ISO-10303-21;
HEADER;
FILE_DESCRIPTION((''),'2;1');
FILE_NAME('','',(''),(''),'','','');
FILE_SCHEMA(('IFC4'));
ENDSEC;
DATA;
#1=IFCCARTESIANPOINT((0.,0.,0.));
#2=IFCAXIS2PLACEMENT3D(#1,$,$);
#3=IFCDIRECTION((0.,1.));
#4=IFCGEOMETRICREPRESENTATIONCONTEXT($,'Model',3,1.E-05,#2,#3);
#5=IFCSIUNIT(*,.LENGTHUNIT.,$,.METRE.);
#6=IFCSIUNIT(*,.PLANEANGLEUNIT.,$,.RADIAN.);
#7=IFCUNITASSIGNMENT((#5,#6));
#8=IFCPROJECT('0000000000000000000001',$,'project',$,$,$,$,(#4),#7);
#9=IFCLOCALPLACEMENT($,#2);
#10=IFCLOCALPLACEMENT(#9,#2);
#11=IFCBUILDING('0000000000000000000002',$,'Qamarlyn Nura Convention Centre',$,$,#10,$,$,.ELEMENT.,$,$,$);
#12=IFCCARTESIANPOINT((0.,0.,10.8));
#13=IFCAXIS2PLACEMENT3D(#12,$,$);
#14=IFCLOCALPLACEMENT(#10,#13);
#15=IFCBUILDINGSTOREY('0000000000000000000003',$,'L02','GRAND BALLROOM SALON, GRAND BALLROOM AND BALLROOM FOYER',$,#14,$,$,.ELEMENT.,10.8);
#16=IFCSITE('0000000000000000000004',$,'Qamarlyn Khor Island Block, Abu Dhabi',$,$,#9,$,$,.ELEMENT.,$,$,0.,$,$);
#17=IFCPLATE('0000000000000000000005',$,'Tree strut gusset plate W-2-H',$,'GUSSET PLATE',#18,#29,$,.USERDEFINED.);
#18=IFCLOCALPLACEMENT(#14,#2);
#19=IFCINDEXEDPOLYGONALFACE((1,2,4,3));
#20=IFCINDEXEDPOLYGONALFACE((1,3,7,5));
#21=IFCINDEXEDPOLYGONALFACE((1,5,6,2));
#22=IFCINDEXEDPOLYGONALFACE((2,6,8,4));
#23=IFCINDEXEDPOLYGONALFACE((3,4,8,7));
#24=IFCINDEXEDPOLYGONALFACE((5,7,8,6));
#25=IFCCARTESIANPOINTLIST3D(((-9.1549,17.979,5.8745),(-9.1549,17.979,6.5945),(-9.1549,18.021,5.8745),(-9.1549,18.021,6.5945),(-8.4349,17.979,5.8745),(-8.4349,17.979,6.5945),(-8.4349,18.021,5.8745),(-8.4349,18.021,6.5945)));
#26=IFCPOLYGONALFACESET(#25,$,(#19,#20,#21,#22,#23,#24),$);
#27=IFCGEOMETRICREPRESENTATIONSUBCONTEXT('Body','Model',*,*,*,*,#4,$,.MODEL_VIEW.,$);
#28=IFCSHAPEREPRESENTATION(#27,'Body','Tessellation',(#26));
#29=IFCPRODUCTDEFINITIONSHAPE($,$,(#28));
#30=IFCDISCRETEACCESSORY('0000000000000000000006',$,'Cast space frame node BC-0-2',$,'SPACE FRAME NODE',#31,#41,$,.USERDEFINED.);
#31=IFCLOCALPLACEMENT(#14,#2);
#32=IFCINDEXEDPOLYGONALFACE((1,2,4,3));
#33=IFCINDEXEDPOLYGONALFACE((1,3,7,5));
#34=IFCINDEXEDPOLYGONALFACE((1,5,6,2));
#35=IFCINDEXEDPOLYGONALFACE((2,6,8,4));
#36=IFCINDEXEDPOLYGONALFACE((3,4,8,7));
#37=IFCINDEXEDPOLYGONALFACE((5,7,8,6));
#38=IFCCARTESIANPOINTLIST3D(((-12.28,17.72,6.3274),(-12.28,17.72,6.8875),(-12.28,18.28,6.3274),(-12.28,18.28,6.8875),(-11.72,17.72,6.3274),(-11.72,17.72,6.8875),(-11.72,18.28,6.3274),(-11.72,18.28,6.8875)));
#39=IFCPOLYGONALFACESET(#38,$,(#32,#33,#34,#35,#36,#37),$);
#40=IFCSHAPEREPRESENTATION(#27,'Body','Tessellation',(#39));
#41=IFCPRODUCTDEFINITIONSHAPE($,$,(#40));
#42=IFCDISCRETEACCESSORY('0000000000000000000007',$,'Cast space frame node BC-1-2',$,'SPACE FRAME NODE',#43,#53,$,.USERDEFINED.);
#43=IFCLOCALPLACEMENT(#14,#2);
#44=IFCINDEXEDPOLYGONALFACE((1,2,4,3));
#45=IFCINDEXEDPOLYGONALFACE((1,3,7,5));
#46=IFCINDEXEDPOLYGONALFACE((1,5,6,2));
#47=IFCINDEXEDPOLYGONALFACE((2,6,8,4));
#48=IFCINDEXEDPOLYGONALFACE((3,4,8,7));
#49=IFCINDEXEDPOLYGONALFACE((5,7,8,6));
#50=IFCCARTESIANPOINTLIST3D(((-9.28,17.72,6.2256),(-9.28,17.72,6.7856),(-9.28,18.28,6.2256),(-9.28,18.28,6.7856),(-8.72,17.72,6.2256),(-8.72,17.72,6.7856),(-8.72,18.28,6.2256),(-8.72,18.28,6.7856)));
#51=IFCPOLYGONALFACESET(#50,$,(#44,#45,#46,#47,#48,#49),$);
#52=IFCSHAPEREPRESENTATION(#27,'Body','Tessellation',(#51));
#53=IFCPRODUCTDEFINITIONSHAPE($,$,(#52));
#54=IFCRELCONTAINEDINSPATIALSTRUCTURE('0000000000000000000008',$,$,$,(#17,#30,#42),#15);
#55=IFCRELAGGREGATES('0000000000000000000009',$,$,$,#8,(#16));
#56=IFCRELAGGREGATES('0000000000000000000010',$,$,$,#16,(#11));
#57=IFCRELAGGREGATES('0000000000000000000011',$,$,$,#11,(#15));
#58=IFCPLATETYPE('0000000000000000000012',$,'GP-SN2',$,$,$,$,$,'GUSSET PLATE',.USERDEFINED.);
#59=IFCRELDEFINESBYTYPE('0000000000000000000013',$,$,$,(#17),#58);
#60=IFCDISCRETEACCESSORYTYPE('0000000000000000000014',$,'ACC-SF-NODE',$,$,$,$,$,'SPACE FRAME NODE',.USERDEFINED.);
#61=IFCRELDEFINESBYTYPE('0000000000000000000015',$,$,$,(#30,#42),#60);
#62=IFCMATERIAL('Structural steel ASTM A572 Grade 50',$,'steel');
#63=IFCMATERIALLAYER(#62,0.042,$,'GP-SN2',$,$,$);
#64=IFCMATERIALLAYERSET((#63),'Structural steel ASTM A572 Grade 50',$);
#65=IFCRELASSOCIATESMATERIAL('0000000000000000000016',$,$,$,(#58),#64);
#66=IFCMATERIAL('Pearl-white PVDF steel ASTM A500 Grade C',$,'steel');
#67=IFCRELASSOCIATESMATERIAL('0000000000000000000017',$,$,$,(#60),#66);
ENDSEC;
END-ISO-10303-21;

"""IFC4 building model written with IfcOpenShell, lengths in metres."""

from ifc_helpers import new_model, si_unit, direction, frame, origin, origin_2d, place, context, subcontext, project, spatial, rectangle, extrude, material, layer, layer_set, type_object, element, save


model = new_model("IFC4")

# Units and contexts
model_context = context("Model", 3, precision=1e-05, world=origin(), true_north=direction((0.0, 1.0)))
body_context = subcontext(model_context, "Body", "Model", "MODEL_VIEW")
ifc_project = project(units=[si_unit("LENGTHUNIT", "METRE"), si_unit("PLANEANGLEUNIT", "RADIAN")], contexts=[model_context])

# Site, building, storey
site_placement = place(None, origin())
site = spatial("IfcSite", under=ifc_project, at=site_placement, Name="Qamarlyn Khor Island Block, Abu Dhabi", CompositionType="ELEMENT", RefElevation=0.0)
building_placement = place(site_placement, origin())
building = spatial("IfcBuilding", under=site, at=building_placement, Name="Qamarlyn Nura Convention Centre", CompositionType="ELEMENT")
storey_placement = place(building_placement, frame((0.0, 0.0, 10.8)))
storey = spatial("IfcBuildingStorey", under=building, at=storey_placement, Name="L02", Description="GRAND BALLROOM SALON, GRAND BALLROOM AND BALLROOM FOYER", CompositionType="ELEMENT", Elevation=10.8)

# Shared definitions
ifc_material_1 = material(Name="Pearl-white PVDF steel ASTM A500 Grade C", Category="steel")

# Plate
ifc_material_2 = material(Name="Structural steel ASTM A572 Grade 50", Category="steel")
ifc_layer_1 = layer(ifc_material_2, 0.042, Name="GP-SN2")
ifc_layer_set_1 = layer_set([ifc_layer_1], Name="Structural steel ASTM A572 Grade 50")
plate_type_1 = type_object("IfcPlateType", Name="GP-SN2", ElementType="GUSSET PLATE", PredefinedType="USERDEFINED", material=ifc_layer_set_1)
plate_1_placement = place(storey_placement, frame((-8.7949, 18.0, 5.8745), z_axis=(0.0, 0.0, 1.0), x_axis=(1.0, 0.0, 0.0)))
element("IfcPlate", 1, at=plate_1_placement, inside=storey, type_object=plate_type_1, Name="Tree strut gusset plate W-2-H", ObjectType="GUSSET PLATE", PredefinedType="USERDEFINED", context=body_context, shape_type="SweptSolid", body=[
    extrude(rectangle(XDim=0.72, YDim=0.042, at=origin_2d()), origin(), (0.0, 0.0, 1.0), 0.72),
])

# Discrete accessories
discrete_accessory_type = type_object("IfcDiscreteAccessoryType", Name="ACC-SF-NODE", ElementType="SPACE FRAME NODE", PredefinedType="USERDEFINED", material=ifc_material_1)
for number, where, z_axis, x_axis, name in (
    (2, (-12.0, 18.0, 6.3274), (0.0, 0.0, 1.0), (1.0, 0.0, 0.0), "Cast space frame node BC-0-2"),
    (3, (-9.0, 18.0, 6.2256), (0.0, 0.0, 1.0), (1.0, 0.0, 0.0), "Cast space frame node BC-1-2"),
):
    element("IfcDiscreteAccessory", number, at=place(storey_placement, frame(where, z_axis=z_axis, x_axis=x_axis)), inside=storey, type_object=discrete_accessory_type, Name=name, ObjectType="SPACE FRAME NODE", PredefinedType="USERDEFINED", context=body_context, shape_type="SweptSolid", body=[
        extrude(rectangle(XDim=0.5601, YDim=0.5601, at=origin_2d()), origin(), (0.0, 0.0, 1.0), 0.5601),
    ])

save(model, "model.ifc")
